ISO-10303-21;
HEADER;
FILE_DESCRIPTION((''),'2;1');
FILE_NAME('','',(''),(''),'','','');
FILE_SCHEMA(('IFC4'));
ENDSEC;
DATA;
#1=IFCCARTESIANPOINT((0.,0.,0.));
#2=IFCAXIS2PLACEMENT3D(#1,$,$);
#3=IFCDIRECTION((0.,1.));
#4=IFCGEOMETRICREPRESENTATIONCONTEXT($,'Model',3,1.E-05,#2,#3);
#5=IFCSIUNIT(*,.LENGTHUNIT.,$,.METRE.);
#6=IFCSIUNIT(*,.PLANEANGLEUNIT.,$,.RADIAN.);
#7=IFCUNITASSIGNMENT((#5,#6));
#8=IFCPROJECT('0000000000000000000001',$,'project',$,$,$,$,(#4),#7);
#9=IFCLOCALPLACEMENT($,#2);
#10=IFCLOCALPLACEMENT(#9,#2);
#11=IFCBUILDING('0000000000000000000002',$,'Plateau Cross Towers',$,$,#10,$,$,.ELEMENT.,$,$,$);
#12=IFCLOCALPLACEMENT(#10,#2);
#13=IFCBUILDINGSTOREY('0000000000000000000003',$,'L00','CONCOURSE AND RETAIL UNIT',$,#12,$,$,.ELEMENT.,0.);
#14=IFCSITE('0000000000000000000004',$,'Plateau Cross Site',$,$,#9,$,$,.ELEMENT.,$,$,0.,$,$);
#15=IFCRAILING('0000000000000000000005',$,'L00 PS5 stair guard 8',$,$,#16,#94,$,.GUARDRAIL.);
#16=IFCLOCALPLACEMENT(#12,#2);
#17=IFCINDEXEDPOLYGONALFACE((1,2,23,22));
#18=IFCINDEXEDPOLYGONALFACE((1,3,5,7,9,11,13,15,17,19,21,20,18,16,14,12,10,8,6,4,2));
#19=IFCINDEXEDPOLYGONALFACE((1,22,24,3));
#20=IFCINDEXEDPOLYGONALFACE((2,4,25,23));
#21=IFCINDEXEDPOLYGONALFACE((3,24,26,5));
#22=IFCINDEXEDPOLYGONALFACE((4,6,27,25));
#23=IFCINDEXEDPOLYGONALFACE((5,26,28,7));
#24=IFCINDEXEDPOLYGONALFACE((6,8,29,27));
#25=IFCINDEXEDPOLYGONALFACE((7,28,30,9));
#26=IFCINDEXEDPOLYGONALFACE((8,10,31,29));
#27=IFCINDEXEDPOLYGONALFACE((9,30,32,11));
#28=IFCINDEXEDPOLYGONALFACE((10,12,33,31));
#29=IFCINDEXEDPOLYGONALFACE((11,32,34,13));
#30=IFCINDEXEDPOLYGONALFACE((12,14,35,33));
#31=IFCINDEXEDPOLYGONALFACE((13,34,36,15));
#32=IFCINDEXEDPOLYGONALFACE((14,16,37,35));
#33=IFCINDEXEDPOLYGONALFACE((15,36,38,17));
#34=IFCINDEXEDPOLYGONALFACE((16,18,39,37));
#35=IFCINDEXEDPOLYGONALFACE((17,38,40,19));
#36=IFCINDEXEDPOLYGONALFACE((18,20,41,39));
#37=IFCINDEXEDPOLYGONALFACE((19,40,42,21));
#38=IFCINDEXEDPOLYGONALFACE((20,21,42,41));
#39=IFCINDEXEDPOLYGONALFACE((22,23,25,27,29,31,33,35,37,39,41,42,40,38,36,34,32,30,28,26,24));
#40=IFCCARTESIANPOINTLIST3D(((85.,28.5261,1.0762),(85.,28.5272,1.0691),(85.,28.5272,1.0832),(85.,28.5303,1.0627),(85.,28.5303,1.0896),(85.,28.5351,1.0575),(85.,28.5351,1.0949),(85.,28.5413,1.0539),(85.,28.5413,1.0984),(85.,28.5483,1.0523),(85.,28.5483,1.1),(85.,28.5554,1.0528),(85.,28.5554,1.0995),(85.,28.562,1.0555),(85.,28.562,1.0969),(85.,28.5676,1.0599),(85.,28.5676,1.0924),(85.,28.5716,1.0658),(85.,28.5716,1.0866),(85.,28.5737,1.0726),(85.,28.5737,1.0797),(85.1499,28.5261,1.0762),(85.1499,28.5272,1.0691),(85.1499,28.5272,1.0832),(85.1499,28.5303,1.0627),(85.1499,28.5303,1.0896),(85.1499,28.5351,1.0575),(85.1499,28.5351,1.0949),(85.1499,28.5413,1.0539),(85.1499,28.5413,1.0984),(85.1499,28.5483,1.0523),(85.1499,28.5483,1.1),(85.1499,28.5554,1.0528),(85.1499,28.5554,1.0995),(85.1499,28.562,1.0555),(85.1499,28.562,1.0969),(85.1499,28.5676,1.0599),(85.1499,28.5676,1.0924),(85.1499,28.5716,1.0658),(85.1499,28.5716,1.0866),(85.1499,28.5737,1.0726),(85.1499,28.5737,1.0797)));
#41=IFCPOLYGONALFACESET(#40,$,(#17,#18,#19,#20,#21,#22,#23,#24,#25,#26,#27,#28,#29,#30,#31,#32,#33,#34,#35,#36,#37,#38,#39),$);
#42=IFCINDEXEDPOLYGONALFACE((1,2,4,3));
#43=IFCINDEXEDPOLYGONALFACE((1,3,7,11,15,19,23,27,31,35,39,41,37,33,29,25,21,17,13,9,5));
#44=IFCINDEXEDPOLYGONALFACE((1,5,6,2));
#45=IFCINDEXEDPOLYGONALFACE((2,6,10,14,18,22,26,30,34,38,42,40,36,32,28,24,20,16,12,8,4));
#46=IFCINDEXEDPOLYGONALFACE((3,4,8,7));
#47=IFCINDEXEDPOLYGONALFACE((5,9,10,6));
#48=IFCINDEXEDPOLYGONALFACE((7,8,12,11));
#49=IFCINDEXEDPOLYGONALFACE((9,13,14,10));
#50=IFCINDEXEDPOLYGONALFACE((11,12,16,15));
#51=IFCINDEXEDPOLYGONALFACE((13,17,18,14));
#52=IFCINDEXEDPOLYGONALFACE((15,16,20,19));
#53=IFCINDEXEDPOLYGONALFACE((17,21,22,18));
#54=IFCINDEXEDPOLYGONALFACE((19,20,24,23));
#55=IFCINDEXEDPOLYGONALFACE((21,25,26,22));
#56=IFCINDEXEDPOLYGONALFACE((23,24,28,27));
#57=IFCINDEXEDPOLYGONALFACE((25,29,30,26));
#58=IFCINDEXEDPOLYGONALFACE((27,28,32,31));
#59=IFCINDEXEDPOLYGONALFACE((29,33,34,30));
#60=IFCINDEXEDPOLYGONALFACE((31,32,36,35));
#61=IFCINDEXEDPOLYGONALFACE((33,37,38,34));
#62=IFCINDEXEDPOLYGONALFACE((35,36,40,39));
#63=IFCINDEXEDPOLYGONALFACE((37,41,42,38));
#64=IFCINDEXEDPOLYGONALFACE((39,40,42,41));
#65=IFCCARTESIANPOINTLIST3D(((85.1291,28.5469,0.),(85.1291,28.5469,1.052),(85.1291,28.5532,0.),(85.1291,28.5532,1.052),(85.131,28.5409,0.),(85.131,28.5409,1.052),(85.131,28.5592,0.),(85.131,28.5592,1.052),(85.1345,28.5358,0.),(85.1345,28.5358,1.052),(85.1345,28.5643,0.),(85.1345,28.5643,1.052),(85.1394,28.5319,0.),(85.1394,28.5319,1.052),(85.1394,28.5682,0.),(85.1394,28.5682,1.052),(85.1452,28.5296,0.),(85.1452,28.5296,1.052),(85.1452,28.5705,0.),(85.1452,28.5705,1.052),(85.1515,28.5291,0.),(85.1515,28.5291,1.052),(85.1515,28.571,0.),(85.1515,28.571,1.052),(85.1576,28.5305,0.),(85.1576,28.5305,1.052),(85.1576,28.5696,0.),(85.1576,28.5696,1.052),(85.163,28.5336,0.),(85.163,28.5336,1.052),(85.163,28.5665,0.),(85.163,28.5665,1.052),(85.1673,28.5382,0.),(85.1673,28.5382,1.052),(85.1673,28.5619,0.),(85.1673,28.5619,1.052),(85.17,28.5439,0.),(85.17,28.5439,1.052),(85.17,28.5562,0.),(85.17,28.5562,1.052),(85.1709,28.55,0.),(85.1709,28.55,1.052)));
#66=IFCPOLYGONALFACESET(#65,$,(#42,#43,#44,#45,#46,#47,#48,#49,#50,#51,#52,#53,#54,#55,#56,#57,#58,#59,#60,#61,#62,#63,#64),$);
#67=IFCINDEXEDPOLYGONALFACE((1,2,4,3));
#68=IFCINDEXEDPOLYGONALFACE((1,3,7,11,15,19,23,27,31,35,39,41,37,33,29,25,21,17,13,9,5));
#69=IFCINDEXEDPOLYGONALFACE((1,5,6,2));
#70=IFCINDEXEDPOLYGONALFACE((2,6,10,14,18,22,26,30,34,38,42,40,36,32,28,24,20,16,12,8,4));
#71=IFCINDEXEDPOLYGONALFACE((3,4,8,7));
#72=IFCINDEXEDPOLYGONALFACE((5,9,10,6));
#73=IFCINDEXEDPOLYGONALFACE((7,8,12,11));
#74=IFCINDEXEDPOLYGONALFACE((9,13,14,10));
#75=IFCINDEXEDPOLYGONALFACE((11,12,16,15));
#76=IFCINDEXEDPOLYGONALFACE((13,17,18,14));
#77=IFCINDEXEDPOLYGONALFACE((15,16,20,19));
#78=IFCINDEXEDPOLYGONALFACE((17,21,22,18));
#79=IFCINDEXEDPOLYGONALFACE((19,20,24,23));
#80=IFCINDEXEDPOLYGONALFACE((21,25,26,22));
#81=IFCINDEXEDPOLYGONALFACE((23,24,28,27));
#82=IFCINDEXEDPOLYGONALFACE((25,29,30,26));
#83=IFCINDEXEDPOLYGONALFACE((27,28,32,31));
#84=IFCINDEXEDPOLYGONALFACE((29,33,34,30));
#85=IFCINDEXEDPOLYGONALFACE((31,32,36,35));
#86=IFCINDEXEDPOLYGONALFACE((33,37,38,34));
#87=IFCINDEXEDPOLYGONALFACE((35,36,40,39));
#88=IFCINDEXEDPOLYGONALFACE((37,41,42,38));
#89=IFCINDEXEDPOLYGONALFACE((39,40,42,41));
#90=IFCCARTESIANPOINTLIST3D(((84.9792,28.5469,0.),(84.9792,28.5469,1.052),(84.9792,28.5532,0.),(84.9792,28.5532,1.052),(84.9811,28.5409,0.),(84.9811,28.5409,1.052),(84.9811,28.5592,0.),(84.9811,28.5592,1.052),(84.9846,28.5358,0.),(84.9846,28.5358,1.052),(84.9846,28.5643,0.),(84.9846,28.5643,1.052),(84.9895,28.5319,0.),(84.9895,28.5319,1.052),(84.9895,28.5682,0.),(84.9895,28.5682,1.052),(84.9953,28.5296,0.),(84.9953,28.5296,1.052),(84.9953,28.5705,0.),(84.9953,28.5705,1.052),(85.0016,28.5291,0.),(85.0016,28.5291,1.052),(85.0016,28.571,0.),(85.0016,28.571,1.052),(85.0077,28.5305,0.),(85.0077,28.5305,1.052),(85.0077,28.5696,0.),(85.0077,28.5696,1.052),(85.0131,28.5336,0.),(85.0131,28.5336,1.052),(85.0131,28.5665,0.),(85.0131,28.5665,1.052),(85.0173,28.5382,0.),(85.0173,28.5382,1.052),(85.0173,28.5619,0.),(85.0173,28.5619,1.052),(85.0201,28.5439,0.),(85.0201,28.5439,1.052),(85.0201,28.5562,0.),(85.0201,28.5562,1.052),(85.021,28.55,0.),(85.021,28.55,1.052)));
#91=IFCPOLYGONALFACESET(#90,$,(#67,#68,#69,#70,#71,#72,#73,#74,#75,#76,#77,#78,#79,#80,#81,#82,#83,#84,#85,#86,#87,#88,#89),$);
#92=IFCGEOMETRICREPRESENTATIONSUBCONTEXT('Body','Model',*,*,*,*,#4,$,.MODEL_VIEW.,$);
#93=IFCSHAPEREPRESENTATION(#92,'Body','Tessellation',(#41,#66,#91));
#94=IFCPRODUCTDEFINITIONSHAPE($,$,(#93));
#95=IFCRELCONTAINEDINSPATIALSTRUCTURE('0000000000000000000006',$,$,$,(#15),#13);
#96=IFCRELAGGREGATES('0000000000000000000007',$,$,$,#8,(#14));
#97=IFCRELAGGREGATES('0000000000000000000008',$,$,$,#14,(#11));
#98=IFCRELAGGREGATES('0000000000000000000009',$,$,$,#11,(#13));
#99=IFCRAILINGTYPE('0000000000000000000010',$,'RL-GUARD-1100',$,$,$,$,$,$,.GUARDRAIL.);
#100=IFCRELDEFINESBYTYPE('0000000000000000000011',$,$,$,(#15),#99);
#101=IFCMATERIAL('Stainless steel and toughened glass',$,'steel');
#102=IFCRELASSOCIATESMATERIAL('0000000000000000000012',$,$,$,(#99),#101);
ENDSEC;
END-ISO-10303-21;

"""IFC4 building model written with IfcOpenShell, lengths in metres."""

from ifc_helpers import new_model, si_unit, direction, frame, origin, origin_2d, place, context, subcontext, project, spatial, circle, extrude, material, type_object, element, save


model = new_model("IFC4")

# Units and contexts
model_context = context("Model", 3, precision=1e-05, world=origin(), true_north=direction((0.0, 1.0)))
body_context = subcontext(model_context, "Body", "Model", "MODEL_VIEW")
ifc_project = project(units=[si_unit("LENGTHUNIT", "METRE"), si_unit("PLANEANGLEUNIT", "RADIAN")], contexts=[model_context])

# Site, building, storey
site_placement = place(None, origin())
site = spatial("IfcSite", under=ifc_project, at=site_placement, Name="Plateau Cross Site", CompositionType="ELEMENT", RefElevation=0.0)
building_placement = place(site_placement, origin())
building = spatial("IfcBuilding", under=site, at=building_placement, Name="Plateau Cross Towers", CompositionType="ELEMENT")
storey_placement = place(building_placement, origin())
storey = spatial("IfcBuildingStorey", under=building, at=storey_placement, Name="L00", Description="CONCOURSE AND RETAIL UNIT", CompositionType="ELEMENT", Elevation=0.0)

# Railing
ifc_material_1 = material(Name="Stainless steel and toughened glass", Category="steel")
railing_type_1 = type_object("IfcRailingType", Name="RL-GUARD-1100", PredefinedType="GUARDRAIL", material=ifc_material_1)
railing_1_placement = place(storey_placement, frame((85.1499, 28.55, 0.0)))
element("IfcRailing", 1, at=railing_1_placement, inside=storey, type_object=railing_type_1, Name="L00 PS5 stair guard 8", PredefinedType="GUARDRAIL", context=body_context, shape_type="SweptSolid", body=[
    extrude(circle(Radius=0.0239, at=origin_2d()), frame((0.0, 0.0, 1.0762), z_axis=(-1.0, 0.0, 0.0), x_axis=(0.0, -1.0, 0.0)), (0.0, 0.0, 1.0), 0.1499),
    extrude(circle(Radius=0.021, at=origin_2d()), origin(), (0.0, 0.0, 1.0), 1.052),
    extrude(circle(Radius=0.021, at=origin_2d()), frame((-0.1499, 0.0, 0.0)), (0.0, 0.0, 1.0), 1.052),
])

save(model, "model.ifc")
